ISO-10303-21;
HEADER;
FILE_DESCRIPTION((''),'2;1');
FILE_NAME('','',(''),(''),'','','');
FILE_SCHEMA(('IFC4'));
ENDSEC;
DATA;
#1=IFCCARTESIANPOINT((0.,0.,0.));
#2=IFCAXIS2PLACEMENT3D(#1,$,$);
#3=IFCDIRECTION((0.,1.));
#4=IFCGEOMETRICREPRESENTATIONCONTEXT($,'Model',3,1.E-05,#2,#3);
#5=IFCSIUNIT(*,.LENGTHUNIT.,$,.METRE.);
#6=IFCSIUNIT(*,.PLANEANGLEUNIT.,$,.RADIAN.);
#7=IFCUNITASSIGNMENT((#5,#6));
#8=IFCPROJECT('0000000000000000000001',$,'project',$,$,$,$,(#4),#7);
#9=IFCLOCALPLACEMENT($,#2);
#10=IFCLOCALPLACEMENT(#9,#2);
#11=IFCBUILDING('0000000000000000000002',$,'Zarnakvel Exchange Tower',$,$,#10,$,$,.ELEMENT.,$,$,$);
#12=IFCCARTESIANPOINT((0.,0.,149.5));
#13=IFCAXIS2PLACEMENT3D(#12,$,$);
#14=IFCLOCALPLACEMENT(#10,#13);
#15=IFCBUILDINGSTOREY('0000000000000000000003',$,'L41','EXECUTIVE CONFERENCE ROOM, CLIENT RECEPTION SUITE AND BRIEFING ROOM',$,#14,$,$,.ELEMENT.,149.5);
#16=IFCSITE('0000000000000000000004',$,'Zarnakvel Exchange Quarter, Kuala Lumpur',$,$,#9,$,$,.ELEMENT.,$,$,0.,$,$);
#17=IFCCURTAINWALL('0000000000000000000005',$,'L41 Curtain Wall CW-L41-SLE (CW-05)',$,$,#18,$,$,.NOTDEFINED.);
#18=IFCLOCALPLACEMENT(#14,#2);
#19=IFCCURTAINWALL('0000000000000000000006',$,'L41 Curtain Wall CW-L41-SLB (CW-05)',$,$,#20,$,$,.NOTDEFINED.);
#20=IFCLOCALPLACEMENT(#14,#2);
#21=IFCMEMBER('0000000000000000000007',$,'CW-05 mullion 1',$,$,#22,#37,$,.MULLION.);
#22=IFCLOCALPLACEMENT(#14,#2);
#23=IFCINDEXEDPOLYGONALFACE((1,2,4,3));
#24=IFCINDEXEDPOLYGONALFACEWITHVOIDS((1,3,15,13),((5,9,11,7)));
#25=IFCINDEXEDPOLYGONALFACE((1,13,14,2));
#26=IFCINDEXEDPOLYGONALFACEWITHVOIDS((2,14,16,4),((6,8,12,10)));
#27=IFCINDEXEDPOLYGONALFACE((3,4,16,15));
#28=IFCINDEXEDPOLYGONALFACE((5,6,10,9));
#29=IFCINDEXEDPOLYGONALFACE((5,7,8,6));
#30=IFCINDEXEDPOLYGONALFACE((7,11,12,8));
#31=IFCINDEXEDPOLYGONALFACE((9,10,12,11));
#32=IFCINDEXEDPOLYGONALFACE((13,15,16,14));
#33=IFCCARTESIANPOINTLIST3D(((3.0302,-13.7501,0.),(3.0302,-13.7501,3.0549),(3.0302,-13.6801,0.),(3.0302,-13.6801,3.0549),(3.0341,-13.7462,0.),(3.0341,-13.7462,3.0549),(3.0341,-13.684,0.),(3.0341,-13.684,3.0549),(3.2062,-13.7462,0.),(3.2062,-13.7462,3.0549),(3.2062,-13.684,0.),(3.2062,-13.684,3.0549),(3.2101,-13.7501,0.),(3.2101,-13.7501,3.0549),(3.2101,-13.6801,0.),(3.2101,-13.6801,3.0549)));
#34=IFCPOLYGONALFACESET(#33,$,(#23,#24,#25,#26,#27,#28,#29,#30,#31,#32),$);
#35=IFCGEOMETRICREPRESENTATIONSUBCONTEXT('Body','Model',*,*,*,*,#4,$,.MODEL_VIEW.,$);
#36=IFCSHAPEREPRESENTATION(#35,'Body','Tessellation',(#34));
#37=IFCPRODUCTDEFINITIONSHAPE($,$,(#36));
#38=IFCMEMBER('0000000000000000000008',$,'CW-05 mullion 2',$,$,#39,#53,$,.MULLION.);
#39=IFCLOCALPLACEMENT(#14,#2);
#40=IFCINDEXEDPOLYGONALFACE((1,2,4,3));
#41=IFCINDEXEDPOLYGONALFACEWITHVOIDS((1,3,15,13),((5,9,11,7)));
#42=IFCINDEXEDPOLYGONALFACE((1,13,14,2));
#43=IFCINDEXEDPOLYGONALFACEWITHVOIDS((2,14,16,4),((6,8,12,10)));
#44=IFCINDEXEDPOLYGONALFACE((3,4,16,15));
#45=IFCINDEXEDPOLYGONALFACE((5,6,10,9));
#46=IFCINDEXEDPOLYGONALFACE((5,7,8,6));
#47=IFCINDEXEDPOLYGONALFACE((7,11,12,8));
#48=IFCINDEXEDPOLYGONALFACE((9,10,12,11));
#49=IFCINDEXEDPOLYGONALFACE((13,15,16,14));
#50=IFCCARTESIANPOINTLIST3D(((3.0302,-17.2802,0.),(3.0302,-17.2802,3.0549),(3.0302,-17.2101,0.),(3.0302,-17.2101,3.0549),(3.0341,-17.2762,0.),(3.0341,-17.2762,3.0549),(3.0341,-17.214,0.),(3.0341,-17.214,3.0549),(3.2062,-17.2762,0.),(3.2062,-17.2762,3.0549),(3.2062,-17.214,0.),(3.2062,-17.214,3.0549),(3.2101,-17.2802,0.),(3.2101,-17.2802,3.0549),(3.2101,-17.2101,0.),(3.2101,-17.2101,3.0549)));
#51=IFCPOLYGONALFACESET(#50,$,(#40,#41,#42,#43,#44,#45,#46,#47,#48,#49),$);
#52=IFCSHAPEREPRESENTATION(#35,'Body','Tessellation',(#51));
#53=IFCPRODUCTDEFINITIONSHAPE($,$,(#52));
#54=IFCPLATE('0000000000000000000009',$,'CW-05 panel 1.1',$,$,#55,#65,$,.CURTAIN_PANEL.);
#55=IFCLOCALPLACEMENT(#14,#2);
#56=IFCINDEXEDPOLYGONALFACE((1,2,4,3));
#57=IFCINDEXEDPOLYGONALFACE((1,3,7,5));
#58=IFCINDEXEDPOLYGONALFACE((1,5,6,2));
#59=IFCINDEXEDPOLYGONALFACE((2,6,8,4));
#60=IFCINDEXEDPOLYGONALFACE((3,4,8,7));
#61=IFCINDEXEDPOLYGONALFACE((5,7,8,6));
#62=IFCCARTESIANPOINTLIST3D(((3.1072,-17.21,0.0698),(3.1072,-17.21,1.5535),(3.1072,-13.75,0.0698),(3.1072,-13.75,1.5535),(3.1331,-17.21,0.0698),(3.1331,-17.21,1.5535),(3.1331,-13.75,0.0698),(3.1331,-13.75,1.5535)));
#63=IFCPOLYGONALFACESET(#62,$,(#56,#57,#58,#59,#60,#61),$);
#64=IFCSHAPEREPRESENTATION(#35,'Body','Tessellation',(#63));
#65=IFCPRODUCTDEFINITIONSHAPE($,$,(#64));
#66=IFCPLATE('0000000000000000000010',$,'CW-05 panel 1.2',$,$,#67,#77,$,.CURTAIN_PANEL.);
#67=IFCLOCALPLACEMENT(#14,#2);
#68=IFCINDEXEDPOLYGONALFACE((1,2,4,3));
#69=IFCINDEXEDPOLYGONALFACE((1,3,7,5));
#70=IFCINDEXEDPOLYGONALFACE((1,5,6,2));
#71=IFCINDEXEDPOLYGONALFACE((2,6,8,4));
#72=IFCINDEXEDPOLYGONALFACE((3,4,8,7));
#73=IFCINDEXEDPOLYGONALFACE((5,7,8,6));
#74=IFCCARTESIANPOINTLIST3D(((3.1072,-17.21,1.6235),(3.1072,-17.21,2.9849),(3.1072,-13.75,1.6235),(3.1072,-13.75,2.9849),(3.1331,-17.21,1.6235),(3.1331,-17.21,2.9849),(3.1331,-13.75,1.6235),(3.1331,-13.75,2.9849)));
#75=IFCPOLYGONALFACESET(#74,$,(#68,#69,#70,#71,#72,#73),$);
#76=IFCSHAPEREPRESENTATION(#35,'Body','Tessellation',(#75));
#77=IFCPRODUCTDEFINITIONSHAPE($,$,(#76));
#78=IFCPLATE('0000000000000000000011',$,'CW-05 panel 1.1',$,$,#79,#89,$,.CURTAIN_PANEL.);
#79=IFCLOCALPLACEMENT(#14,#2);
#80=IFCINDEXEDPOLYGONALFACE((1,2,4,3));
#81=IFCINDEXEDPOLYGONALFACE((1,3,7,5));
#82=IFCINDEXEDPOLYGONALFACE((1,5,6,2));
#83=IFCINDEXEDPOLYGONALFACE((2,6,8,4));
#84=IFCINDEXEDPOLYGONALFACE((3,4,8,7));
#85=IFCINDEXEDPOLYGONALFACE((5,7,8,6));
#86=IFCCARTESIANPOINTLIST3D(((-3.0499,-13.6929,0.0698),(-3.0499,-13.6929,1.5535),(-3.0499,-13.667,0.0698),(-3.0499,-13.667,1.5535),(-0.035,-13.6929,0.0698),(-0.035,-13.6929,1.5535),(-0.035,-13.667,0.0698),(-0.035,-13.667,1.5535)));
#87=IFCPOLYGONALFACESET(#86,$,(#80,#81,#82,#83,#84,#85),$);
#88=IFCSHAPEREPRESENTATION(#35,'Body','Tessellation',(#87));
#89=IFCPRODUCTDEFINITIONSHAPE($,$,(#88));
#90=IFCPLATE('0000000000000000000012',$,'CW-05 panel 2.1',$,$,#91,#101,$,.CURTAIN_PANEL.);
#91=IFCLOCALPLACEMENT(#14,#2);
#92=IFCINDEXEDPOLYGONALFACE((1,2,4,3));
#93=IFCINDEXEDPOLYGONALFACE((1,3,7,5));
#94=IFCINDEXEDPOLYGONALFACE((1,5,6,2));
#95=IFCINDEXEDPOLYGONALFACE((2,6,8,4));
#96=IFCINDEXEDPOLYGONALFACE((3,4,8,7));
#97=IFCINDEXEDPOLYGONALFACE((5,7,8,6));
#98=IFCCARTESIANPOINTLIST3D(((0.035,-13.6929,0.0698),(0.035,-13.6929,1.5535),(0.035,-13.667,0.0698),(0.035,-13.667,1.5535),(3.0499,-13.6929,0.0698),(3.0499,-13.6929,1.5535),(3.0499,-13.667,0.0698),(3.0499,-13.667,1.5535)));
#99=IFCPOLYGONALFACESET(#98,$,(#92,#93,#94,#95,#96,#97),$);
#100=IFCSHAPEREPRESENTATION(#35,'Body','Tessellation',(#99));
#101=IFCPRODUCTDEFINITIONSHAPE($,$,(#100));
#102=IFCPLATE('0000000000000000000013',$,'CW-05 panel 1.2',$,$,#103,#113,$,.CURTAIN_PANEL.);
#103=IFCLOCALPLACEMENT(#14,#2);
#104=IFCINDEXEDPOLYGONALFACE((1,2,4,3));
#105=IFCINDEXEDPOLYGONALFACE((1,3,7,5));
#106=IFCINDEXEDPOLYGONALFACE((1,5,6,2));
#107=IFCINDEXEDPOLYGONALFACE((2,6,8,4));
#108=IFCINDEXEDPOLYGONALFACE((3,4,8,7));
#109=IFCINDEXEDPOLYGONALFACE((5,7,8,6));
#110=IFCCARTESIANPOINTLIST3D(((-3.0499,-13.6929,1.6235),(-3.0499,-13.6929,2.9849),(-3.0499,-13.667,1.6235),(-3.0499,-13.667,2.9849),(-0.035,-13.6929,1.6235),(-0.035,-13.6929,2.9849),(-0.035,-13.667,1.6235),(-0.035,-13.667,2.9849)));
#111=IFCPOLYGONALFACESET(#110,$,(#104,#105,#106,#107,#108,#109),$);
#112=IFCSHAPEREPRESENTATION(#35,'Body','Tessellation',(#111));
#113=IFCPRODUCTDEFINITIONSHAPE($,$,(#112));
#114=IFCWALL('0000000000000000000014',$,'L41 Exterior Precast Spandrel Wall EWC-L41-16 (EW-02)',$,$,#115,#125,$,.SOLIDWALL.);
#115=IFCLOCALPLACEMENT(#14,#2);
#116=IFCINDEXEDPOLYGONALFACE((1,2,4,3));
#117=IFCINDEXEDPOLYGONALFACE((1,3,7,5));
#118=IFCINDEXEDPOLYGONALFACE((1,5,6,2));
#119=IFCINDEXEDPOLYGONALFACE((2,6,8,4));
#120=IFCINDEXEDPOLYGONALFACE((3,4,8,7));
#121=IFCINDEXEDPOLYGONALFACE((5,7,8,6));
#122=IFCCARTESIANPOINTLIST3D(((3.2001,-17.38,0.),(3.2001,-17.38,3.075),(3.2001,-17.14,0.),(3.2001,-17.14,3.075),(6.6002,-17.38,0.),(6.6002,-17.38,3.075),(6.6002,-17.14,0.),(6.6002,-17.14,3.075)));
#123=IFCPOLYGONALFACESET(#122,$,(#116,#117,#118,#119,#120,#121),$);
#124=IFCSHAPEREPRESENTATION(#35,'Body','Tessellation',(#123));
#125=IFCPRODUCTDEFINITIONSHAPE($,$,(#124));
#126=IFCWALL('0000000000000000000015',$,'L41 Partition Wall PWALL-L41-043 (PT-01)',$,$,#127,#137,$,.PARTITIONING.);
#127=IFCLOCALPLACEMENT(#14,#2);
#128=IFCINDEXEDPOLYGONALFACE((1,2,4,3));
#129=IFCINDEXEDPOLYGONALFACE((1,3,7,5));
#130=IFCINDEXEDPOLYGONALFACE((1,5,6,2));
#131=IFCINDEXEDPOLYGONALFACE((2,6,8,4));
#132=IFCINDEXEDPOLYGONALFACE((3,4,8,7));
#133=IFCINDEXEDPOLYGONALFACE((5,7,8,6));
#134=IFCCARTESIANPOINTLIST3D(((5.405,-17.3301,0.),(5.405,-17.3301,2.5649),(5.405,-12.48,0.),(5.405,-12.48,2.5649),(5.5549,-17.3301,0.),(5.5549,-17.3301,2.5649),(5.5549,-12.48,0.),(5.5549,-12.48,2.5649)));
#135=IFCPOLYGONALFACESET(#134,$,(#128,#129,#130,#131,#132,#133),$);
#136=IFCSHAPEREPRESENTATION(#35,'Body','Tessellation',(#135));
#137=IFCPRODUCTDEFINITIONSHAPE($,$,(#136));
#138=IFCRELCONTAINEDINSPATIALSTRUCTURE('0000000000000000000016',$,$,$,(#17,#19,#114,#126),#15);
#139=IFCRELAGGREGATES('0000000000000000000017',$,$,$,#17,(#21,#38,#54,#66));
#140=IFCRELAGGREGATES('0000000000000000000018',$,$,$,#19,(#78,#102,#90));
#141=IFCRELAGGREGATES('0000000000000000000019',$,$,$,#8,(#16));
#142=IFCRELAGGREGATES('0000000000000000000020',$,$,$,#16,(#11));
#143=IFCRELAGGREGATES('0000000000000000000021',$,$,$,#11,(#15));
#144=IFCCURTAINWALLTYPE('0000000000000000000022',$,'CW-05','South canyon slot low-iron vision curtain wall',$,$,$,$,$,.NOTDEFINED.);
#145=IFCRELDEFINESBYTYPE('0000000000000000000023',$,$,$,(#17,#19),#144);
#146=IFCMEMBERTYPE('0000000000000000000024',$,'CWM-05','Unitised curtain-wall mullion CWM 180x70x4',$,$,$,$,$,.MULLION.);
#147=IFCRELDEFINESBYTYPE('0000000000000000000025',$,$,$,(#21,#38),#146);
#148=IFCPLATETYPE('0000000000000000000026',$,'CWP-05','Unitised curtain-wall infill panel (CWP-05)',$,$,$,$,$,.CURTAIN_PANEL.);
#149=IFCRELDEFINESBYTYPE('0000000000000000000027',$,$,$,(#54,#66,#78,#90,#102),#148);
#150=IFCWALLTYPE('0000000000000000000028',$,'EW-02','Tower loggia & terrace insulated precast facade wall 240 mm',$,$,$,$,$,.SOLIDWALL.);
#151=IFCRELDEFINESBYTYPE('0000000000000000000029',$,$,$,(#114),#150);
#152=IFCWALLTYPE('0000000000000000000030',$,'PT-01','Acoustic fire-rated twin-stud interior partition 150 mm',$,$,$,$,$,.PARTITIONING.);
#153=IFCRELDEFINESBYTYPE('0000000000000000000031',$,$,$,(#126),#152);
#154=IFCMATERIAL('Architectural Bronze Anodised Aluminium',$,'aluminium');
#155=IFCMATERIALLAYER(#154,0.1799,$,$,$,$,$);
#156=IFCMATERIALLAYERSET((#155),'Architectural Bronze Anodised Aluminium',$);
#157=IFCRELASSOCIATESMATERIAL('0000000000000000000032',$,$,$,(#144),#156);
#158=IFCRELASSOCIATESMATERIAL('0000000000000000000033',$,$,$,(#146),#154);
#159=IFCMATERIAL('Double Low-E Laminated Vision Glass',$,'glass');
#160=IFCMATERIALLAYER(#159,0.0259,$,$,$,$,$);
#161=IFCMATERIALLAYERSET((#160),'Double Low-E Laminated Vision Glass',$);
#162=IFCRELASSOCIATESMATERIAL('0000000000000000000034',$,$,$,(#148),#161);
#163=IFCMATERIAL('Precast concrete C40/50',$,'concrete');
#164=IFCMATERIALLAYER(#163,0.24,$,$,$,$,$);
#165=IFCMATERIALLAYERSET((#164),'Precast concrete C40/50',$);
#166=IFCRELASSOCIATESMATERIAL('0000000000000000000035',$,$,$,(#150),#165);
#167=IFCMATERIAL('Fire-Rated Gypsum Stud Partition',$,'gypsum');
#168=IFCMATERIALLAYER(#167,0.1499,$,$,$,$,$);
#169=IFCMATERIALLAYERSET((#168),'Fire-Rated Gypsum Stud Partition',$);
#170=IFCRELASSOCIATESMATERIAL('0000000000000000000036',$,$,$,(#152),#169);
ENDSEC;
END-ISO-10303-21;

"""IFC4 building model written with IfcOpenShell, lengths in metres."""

from ifc_helpers import new_model, si_unit, direction, frame, frame_2d, origin, origin_2d, place, context, subcontext, project, spatial, rectangle, hollow_rectangle, extrude, source, transform, mapped, material, layer, layer_set, material_profile, profile_set, type_object, element, aggregate, save


model = new_model("IFC4")

# Units and contexts
model_context = context("Model", 3, precision=1e-05, world=origin(), true_north=direction((0.0, 1.0)))
body_context = subcontext(model_context, "Body", "Model", "MODEL_VIEW")
ifc_project = project(units=[si_unit("LENGTHUNIT", "METRE"), si_unit("PLANEANGLEUNIT", "RADIAN")], contexts=[model_context])

# Site, building, storey
site_placement = place(None, origin())
site = spatial("IfcSite", under=ifc_project, at=site_placement, Name="Zarnakvel Exchange Quarter, Kuala Lumpur", CompositionType="ELEMENT", RefElevation=0.0)
building_placement = place(site_placement, origin())
building = spatial("IfcBuilding", under=site, at=building_placement, Name="Zarnakvel Exchange Tower", CompositionType="ELEMENT")
storey_placement = place(building_placement, frame((0.0, 0.0, 149.5)))
storey = spatial("IfcBuildingStorey", under=building, at=storey_placement, Name="L41", Description="EXECUTIVE CONFERENCE ROOM, CLIENT RECEPTION SUITE AND BRIEFING ROOM", CompositionType="ELEMENT", Elevation=149.5)

# Curtain walls
ifc_material_1 = material(Name="Architectural Bronze Anodised Aluminium", Category="aluminium")
ifc_layer_1 = layer(ifc_material_1, 0.1799)
ifc_layer_set_1 = layer_set([ifc_layer_1], Name="Architectural Bronze Anodised Aluminium")
curtain_wall_type = type_object("IfcCurtainWallType", Name="CW-05", Description="South canyon slot low-iron vision curtain wall", PredefinedType="NOTDEFINED", material=ifc_layer_set_1)
curtain_wall_1_placement = place(storey_placement, origin())
curtain_wall_1 = element("IfcCurtainWall", 1, at=curtain_wall_1_placement, inside=storey, type_object=curtain_wall_type, Name="L41 Curtain Wall CW-L41-SLE (CW-05)", PredefinedType="NOTDEFINED")
curtain_wall_2_placement = place(storey_placement, origin())
curtain_wall_2 = element("IfcCurtainWall", 2, at=curtain_wall_2_placement, inside=storey, type_object=curtain_wall_type, Name="L41 Curtain Wall CW-L41-SLB (CW-05)", PredefinedType="NOTDEFINED")
ifc_material_profile_1 = material_profile(ifc_material_1, hollow_rectangle(XDim=0.1799, YDim=0.0701, WallThickness=0.0039, at=origin_2d()))
ifc_profile_set_1 = profile_set([ifc_material_profile_1], Name="Architectural Bronze Anodised Aluminium")
member_type_1 = type_object("IfcMemberType", Name="CWM-05", Description="Unitised curtain-wall mullion CWM 180x70x4", PredefinedType="MULLION", material=ifc_profile_set_1)
shared_shape_1 = source(origin(), body_context, "Body", "SweptSolid", [
    extrude(hollow_rectangle(XDim=0.1799, YDim=0.0701, WallThickness=0.0039, at=origin_2d()), origin(), (0.0, 0.0, 1.0), 3.0549),
])

# Members
member_1_placement = place(storey_placement, frame((3.1201, -13.7151, 0.0), z_axis=(0.0, 0.0, 1.0), x_axis=(1.0, 0.0, 0.0)))
member_1 = element("IfcMember", 3, at=member_1_placement, type_object=member_type_1, Name="CW-05 mullion 1", PredefinedType="MULLION", context=body_context, shape_type="MappedRepresentation", body=[
    mapped(shared_shape_1, transform((0.0, 0.0, 0.0), x_axis=(1.0, 0.0, 0.0), y_axis=(0.0, 1.0, 0.0), z_axis=(0.0, 0.0, 1.0), scale=1.0)),
])
member_2_placement = place(storey_placement, frame((3.1201, -17.2451, 0.0), z_axis=(0.0, 0.0, 1.0), x_axis=(1.0, 0.0, 0.0)))
member_2 = element("IfcMember", 4, at=member_2_placement, type_object=member_type_1, Name="CW-05 mullion 2", PredefinedType="MULLION", context=body_context, shape_type="MappedRepresentation", body=[
    mapped(shared_shape_1, transform((0.0, 0.0, 0.0), x_axis=(1.0, 0.0, 0.0), y_axis=(0.0, 1.0, 0.0), z_axis=(0.0, 0.0, 1.0), scale=1.0)),
])

# Plates
ifc_material_2 = material(Name="Double Low-E Laminated Vision Glass", Category="glass")
ifc_layer_2 = layer(ifc_material_2, 0.0259)
ifc_layer_set_2 = layer_set([ifc_layer_2], Name="Double Low-E Laminated Vision Glass")
plate_type = type_object("IfcPlateType", Name="CWP-05", Description="Unitised curtain-wall infill panel (CWP-05)", PredefinedType="CURTAIN_PANEL", material=ifc_layer_set_2)
shared_shape_2 = source(origin(), body_context, "Body", "SweptSolid", [
    extrude(rectangle(XDim=3.46, YDim=0.0259, at=origin_2d()), origin(), (0.0, 0.0, 1.0), 1.4836),
])
plate_1_placement = place(storey_placement, frame((3.1201, -15.48, 0.0698), z_axis=(0.0, 0.0, 1.0), x_axis=(0.0, -1.0, 0.0)))
plate_1 = element("IfcPlate", 5, at=plate_1_placement, type_object=plate_type, Name="CW-05 panel 1.1", PredefinedType="CURTAIN_PANEL", context=body_context, shape_type="MappedRepresentation", body=[
    mapped(shared_shape_2, transform((0.0, 0.0, 0.0), x_axis=(1.0, 0.0, 0.0), y_axis=(0.0, 1.0, 0.0), z_axis=(0.0, 0.0, 1.0), scale=1.0)),
])
shared_shape_3 = source(origin(), body_context, "Body", "SweptSolid", [
    extrude(rectangle(XDim=3.46, YDim=0.0259, at=origin_2d()), origin(), (0.0, 0.0, 1.0), 1.3613),
])
plate_2_placement = place(storey_placement, frame((3.1201, -15.48, 1.6235), z_axis=(0.0, 0.0, 1.0), x_axis=(0.0, -1.0, 0.0)))
plate_2 = element("IfcPlate", 6, at=plate_2_placement, type_object=plate_type, Name="CW-05 panel 1.2", PredefinedType="CURTAIN_PANEL", context=body_context, shape_type="MappedRepresentation", body=[
    mapped(shared_shape_3, transform((0.0, 0.0, 0.0), x_axis=(1.0, 0.0, 0.0), y_axis=(0.0, 1.0, 0.0), z_axis=(0.0, 0.0, 1.0), scale=1.0)),
])
aggregate(curtain_wall_1, [member_1, member_2, plate_1, plate_2])
shared_shape_4 = source(origin(), body_context, "Body", "SweptSolid", [
    extrude(rectangle(XDim=3.0149, YDim=0.0259, at=origin_2d()), origin(), (0.0, 0.0, 1.0), 1.4836),
])
plate_3_placement = place(storey_placement, frame((-1.5425, -13.6799, 0.0698), z_axis=(0.0, 0.0, 1.0), x_axis=(1.0, 0.0, 0.0)))
plate_3 = element("IfcPlate", 7, at=plate_3_placement, type_object=plate_type, Name="CW-05 panel 1.1", PredefinedType="CURTAIN_PANEL", context=body_context, shape_type="MappedRepresentation", body=[
    mapped(shared_shape_4, transform((0.0, 0.0, 0.0), x_axis=(1.0, 0.0, 0.0), y_axis=(0.0, 1.0, 0.0), z_axis=(0.0, 0.0, 1.0), scale=1.0)),
])
plate_4_placement = place(storey_placement, frame((1.5425, -13.6799, 0.0698), z_axis=(0.0, 0.0, 1.0), x_axis=(1.0, 0.0, 0.0)))
plate_4 = element("IfcPlate", 8, at=plate_4_placement, type_object=plate_type, Name="CW-05 panel 2.1", PredefinedType="CURTAIN_PANEL", context=body_context, shape_type="MappedRepresentation", body=[
    mapped(shared_shape_4, transform((0.0, 0.0, 0.0), x_axis=(1.0, 0.0, 0.0), y_axis=(0.0, 1.0, 0.0), z_axis=(0.0, 0.0, 1.0), scale=1.0)),
])
shared_shape_5 = source(origin(), body_context, "Body", "SweptSolid", [
    extrude(rectangle(XDim=3.0149, YDim=0.0259, at=origin_2d()), origin(), (0.0, 0.0, 1.0), 1.3613),
])
plate_5_placement = place(storey_placement, frame((-1.5425, -13.6799, 1.6235), z_axis=(0.0, 0.0, 1.0), x_axis=(1.0, 0.0, 0.0)))
plate_5 = element("IfcPlate", 9, at=plate_5_placement, type_object=plate_type, Name="CW-05 panel 1.2", PredefinedType="CURTAIN_PANEL", context=body_context, shape_type="MappedRepresentation", body=[
    mapped(shared_shape_5, transform((0.0, 0.0, 0.0), x_axis=(1.0, 0.0, 0.0), y_axis=(0.0, 1.0, 0.0), z_axis=(0.0, 0.0, 1.0), scale=1.0)),
])
aggregate(curtain_wall_2, [plate_3, plate_5, plate_4])

# Walls
ifc_material_3 = material(Name="Precast concrete C40/50", Category="concrete")
ifc_layer_3 = layer(ifc_material_3, 0.24)
ifc_layer_set_3 = layer_set([ifc_layer_3], Name="Precast concrete C40/50")
wall_type_1 = type_object("IfcWallType", Name="EW-02", Description="Tower loggia & terrace insulated precast facade wall 240 mm", PredefinedType="SOLIDWALL", material=ifc_layer_set_3)
wall_1_placement = place(storey_placement, frame((3.2, -17.26, 0.0), z_axis=(0.0, 0.0, 1.0), x_axis=(1.0, 0.0, 0.0)))
element("IfcWall", 10, at=wall_1_placement, inside=storey, type_object=wall_type_1, Name="L41 Exterior Precast Spandrel Wall EWC-L41-16 (EW-02)", PredefinedType="SOLIDWALL", context=body_context, shape_type="SweptSolid", body=[
    extrude(rectangle(XDim=3.4001, YDim=0.24, at=frame_2d((1.7002, 0.0))), origin(), (0.0, 0.0, 1.0), 3.075),
])
ifc_material_4 = material(Name="Fire-Rated Gypsum Stud Partition", Category="gypsum")
ifc_layer_4 = layer(ifc_material_4, 0.1499)
ifc_layer_set_4 = layer_set([ifc_layer_4], Name="Fire-Rated Gypsum Stud Partition")
wall_type_2 = type_object("IfcWallType", Name="PT-01", Description="Acoustic fire-rated twin-stud interior partition 150 mm", PredefinedType="PARTITIONING", material=ifc_layer_set_4)
wall_2_placement = place(storey_placement, frame((5.48, -17.3301, 0.0), z_axis=(0.0, 0.0, 1.0), x_axis=(0.0, 1.0, 0.0)))
element("IfcWall", 11, at=wall_2_placement, inside=storey, type_object=wall_type_2, Name="L41 Partition Wall PWALL-L41-043 (PT-01)", PredefinedType="PARTITIONING", context=body_context, shape_type="SweptSolid", body=[
    extrude(rectangle(XDim=4.8501, YDim=0.1499, at=frame_2d((2.425, 0.0))), origin(), (0.0, 0.0, 1.0), 2.5649),
])

save(model, "model.ifc")
